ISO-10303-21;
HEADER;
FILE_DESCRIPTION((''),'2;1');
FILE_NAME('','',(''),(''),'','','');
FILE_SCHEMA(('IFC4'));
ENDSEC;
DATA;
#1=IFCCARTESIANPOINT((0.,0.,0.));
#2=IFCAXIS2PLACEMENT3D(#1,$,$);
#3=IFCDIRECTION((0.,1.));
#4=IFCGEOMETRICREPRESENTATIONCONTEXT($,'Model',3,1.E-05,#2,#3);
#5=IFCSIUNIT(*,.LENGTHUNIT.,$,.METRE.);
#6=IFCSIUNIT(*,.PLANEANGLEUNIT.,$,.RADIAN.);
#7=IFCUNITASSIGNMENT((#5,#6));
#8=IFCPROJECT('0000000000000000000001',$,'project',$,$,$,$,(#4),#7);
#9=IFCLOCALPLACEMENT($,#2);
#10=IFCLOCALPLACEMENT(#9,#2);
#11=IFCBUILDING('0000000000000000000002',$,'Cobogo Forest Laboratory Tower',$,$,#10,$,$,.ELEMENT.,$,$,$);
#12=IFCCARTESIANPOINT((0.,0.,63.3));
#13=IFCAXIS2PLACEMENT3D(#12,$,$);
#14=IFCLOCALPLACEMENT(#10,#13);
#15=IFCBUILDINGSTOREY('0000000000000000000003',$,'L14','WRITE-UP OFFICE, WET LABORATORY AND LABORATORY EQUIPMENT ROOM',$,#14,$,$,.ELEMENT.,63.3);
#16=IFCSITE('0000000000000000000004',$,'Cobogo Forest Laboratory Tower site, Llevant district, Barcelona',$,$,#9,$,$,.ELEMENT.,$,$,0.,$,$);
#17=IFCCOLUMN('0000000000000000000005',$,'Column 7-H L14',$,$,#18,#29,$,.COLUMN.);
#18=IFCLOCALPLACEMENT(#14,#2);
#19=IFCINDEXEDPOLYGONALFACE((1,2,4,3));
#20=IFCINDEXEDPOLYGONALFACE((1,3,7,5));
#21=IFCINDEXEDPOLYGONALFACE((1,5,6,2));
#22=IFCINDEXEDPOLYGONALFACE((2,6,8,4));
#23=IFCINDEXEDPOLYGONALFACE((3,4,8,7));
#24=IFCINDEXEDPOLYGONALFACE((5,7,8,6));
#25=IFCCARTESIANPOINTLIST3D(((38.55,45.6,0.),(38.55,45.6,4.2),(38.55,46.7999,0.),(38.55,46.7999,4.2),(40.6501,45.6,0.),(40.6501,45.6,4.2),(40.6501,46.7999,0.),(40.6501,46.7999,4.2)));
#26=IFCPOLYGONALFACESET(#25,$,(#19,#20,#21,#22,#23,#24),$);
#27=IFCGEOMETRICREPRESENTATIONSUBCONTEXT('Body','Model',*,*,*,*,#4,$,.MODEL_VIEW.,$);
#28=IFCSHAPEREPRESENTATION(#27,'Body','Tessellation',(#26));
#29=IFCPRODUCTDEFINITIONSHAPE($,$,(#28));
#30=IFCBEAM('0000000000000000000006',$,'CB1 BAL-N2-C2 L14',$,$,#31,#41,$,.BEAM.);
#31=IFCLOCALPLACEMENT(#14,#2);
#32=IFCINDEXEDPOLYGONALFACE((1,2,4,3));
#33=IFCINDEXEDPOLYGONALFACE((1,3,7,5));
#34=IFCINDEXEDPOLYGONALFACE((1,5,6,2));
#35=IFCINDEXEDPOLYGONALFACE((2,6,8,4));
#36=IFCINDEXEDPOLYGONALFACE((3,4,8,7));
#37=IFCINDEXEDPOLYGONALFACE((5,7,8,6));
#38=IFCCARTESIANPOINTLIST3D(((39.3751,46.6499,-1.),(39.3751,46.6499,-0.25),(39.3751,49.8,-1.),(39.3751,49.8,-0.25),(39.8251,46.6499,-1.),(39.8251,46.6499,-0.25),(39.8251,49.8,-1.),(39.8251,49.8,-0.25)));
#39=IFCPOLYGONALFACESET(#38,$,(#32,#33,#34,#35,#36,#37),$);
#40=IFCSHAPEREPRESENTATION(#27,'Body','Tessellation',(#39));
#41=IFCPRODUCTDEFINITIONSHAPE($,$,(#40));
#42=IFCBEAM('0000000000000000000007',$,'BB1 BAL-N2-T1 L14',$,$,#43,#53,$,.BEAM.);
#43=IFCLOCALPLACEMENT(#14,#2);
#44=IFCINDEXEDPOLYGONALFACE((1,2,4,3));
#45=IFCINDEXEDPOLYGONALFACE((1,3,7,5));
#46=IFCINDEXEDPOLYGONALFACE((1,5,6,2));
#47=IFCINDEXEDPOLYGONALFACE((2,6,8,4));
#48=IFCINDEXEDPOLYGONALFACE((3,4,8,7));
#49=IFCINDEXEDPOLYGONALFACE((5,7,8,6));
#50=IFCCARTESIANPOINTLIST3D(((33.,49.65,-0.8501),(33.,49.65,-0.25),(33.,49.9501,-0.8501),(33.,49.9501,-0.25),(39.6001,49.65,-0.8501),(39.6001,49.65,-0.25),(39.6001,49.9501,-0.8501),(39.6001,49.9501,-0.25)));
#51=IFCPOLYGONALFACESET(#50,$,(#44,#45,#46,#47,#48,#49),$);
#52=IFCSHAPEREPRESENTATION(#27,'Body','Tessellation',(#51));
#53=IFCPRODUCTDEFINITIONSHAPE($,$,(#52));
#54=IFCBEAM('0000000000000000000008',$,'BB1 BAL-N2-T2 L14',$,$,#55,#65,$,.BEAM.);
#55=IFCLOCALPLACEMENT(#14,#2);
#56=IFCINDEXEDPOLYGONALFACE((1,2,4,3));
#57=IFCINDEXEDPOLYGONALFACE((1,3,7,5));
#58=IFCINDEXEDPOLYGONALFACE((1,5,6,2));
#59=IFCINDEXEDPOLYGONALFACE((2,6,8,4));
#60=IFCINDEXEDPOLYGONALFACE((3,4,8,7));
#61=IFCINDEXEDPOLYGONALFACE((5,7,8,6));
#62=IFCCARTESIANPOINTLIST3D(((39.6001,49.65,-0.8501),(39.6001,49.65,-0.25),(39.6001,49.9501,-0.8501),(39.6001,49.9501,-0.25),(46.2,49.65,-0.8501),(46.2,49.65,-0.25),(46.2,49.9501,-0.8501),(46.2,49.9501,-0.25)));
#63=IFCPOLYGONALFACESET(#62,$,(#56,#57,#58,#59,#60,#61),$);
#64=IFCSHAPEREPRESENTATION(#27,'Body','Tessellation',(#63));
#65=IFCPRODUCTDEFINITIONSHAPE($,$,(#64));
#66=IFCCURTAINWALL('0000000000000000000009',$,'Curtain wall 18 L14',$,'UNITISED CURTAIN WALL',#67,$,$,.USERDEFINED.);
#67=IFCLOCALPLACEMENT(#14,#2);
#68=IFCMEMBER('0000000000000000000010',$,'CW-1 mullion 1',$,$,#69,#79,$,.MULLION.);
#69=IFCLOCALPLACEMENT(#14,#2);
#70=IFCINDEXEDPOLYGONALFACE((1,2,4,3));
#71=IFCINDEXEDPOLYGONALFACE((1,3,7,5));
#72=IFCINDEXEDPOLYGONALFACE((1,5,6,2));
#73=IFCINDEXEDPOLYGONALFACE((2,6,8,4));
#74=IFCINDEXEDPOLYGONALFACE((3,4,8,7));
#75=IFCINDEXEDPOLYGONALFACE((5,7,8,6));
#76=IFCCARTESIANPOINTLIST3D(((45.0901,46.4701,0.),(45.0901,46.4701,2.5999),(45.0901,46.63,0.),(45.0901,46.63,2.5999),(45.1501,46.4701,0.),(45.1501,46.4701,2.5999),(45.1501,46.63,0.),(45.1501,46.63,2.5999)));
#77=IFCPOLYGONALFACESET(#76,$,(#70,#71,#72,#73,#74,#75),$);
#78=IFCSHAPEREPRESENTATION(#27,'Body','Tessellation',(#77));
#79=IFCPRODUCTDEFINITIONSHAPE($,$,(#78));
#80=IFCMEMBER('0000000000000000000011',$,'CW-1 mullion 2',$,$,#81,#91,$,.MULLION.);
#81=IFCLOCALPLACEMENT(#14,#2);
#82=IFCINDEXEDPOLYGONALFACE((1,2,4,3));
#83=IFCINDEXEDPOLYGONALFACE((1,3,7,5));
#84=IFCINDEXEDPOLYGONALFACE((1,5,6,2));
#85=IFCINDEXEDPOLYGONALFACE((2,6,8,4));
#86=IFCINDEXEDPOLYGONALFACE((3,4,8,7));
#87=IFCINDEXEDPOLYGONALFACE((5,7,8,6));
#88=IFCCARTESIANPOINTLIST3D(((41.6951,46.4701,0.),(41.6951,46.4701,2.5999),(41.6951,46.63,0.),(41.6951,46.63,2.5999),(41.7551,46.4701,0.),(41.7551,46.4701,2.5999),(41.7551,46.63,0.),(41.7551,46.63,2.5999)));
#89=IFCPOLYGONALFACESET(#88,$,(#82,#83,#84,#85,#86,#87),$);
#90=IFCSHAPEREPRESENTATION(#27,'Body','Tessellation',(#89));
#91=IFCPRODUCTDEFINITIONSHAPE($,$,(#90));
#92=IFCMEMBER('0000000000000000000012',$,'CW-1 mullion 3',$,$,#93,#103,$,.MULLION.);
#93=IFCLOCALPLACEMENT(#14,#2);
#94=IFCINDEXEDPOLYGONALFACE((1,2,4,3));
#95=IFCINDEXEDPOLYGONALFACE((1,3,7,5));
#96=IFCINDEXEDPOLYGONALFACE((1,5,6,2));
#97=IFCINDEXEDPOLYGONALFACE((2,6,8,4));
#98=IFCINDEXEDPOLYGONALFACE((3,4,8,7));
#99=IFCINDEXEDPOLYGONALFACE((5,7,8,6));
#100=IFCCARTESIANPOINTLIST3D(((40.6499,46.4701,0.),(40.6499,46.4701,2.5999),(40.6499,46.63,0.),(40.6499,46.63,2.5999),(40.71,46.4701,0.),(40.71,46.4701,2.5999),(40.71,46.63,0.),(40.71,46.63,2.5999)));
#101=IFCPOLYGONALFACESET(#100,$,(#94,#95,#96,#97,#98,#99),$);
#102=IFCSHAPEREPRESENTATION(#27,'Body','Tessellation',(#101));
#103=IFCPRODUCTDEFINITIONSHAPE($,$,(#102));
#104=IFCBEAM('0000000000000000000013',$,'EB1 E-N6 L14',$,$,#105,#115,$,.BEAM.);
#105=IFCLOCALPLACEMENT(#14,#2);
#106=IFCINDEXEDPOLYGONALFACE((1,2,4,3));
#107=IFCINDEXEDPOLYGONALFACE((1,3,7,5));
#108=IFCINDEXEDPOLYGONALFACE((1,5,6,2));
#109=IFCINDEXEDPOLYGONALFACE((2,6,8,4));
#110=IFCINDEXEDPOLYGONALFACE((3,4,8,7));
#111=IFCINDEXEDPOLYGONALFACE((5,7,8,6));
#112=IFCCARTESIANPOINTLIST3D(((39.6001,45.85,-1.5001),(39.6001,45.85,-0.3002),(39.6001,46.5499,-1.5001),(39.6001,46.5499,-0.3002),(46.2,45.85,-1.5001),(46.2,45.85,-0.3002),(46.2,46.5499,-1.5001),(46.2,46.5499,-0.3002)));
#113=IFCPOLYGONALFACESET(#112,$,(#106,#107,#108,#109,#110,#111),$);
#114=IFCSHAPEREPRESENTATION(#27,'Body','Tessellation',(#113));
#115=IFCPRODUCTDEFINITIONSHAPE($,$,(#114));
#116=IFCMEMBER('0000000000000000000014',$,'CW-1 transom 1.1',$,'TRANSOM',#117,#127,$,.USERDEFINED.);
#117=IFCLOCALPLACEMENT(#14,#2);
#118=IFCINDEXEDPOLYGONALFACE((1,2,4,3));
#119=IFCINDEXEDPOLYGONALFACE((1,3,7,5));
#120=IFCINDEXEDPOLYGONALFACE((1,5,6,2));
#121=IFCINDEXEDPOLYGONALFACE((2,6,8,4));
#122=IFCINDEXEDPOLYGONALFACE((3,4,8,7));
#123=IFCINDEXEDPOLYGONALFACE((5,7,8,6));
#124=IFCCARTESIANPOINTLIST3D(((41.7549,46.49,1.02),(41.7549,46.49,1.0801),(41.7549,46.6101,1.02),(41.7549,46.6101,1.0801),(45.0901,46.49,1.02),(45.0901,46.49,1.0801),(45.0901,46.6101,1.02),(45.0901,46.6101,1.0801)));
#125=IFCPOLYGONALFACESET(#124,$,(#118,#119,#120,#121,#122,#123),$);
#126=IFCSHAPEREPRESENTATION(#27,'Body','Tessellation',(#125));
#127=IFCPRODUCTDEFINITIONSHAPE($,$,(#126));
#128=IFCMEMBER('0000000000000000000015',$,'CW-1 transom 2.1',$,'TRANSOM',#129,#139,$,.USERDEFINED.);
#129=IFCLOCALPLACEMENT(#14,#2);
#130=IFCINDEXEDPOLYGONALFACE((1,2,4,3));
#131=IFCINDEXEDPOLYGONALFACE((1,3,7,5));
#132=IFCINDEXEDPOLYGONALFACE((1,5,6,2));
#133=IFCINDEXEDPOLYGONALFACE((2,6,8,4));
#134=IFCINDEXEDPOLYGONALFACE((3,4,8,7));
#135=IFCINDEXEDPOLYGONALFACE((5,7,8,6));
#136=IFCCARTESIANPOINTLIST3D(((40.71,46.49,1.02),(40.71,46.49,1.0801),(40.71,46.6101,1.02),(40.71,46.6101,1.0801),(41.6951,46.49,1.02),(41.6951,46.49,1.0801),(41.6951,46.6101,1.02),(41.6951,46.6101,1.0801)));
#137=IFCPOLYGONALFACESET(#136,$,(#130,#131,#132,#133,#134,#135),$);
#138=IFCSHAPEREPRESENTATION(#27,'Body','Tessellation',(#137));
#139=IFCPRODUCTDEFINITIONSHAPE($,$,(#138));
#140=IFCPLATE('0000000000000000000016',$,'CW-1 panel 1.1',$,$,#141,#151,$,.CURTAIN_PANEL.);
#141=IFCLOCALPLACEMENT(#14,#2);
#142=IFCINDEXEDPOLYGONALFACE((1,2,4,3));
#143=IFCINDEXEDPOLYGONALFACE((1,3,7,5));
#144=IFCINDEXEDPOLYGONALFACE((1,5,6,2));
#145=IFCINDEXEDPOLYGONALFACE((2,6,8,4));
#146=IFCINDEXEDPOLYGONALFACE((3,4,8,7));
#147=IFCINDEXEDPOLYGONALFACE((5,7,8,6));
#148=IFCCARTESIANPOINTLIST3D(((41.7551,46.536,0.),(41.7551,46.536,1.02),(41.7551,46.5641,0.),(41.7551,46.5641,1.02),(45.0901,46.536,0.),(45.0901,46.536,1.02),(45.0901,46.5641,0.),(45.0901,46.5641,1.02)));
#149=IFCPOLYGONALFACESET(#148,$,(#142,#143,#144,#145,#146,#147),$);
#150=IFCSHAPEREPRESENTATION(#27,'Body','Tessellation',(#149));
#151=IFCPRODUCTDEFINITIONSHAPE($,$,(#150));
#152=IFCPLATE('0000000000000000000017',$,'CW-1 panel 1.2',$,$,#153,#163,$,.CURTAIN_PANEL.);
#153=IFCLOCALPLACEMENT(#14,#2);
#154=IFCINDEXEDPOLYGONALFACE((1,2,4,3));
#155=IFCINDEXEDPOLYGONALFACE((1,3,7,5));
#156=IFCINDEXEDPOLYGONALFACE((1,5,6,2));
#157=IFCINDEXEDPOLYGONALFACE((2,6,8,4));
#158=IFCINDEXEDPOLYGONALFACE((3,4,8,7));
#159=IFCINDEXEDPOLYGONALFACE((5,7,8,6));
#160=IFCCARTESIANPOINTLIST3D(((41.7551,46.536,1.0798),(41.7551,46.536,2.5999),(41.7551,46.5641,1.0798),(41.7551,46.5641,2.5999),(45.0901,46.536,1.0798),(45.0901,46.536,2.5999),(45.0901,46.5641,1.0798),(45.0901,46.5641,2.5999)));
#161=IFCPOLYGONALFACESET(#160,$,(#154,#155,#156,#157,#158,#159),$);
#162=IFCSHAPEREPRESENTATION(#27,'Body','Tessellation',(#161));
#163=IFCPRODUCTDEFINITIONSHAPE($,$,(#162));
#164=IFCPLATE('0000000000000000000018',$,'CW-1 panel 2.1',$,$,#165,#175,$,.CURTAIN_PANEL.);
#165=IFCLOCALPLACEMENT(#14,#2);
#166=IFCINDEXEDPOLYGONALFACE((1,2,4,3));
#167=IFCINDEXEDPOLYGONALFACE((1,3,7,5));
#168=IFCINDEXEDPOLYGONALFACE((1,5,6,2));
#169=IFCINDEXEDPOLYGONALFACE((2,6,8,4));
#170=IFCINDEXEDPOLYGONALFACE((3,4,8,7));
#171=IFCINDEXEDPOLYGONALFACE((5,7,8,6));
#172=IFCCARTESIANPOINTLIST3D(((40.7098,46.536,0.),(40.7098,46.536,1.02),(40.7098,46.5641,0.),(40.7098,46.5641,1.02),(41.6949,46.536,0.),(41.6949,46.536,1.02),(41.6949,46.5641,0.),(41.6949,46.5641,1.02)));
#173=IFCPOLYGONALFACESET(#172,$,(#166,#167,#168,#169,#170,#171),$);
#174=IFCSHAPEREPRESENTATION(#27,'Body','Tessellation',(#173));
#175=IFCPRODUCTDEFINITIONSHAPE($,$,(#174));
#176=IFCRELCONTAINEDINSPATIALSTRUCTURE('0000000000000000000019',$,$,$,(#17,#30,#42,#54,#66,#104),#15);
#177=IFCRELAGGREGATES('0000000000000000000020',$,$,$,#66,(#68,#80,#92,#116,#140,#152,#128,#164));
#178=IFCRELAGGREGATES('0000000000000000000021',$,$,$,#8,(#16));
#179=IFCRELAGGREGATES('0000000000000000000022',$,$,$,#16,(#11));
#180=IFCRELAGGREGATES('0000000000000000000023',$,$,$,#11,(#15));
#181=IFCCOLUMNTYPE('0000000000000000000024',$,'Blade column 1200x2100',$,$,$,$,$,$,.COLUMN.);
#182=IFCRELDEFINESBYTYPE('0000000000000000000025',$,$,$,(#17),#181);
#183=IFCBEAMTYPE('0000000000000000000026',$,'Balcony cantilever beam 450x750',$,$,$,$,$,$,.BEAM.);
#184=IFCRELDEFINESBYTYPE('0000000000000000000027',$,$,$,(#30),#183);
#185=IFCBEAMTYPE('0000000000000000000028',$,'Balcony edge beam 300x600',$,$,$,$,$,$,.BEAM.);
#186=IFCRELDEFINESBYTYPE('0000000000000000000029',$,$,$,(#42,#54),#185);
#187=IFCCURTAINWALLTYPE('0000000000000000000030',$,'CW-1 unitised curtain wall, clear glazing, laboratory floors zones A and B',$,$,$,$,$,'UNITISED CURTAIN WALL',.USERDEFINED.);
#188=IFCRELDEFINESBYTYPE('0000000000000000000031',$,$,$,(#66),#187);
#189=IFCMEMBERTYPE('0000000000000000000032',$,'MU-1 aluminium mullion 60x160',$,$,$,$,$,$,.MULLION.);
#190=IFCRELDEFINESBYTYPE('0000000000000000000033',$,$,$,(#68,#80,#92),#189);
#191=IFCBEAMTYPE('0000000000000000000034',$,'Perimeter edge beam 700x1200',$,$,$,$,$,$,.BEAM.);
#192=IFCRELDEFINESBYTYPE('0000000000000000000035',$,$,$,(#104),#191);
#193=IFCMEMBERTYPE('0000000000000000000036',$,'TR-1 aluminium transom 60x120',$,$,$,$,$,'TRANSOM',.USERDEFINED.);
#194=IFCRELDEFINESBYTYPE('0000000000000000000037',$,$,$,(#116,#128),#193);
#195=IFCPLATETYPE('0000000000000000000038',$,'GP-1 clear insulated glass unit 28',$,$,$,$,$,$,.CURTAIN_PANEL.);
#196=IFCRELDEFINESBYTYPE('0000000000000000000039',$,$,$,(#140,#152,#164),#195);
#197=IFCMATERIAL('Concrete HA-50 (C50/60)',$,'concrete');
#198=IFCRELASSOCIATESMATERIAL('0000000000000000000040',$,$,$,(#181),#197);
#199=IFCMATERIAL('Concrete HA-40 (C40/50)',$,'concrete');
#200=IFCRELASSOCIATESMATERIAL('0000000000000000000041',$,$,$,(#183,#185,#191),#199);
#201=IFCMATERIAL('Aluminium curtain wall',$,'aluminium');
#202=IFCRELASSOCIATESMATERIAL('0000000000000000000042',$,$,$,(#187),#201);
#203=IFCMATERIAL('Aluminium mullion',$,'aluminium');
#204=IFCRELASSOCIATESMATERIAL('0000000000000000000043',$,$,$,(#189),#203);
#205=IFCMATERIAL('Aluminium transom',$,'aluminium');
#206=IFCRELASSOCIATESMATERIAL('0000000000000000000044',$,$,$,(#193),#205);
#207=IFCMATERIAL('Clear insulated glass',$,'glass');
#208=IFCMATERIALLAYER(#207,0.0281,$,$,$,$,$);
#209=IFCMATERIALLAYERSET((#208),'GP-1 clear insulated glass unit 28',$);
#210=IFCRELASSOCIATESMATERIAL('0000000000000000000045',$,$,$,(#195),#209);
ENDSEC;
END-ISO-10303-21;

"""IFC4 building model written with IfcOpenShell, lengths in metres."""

from ifc_helpers import new_model, si_unit, direction, frame, origin, origin_2d, place, context, subcontext, project, spatial, rectangle, extrude, material, layer, layer_set, material_profile, profile_set, type_object, element, aggregate, save


model = new_model("IFC4")

# Units and contexts
model_context = context("Model", 3, precision=1e-05, world=origin(), true_north=direction((0.0, 1.0)))
body_context = subcontext(model_context, "Body", "Model", "MODEL_VIEW")
ifc_project = project(units=[si_unit("LENGTHUNIT", "METRE"), si_unit("PLANEANGLEUNIT", "RADIAN")], contexts=[model_context])

# Site, building, storey
site_placement = place(None, origin())
site = spatial("IfcSite", under=ifc_project, at=site_placement, Name="Cobogo Forest Laboratory Tower site, Llevant district, Barcelona", CompositionType="ELEMENT", RefElevation=0.0)
building_placement = place(site_placement, origin())
building = spatial("IfcBuilding", under=site, at=building_placement, Name="Cobogo Forest Laboratory Tower", CompositionType="ELEMENT")
storey_placement = place(building_placement, frame((0.0, 0.0, 63.3)))
storey = spatial("IfcBuildingStorey", under=building, at=storey_placement, Name="L14", Description="WRITE-UP OFFICE, WET LABORATORY AND LABORATORY EQUIPMENT ROOM", CompositionType="ELEMENT", Elevation=63.3)

# Column
ifc_material_1 = material(Name="Concrete HA-50 (C50/60)", Category="concrete")
ifc_material_profile_1 = material_profile(ifc_material_1, rectangle(XDim=2.1001, YDim=1.2, at=origin_2d()), Name="RC 1200x2100")
ifc_profile_set_1 = profile_set([ifc_material_profile_1], Name="Concrete HA-50 (C50/60)")
column_type = type_object("IfcColumnType", Name="Blade column 1200x2100", PredefinedType="COLUMN", material=ifc_profile_set_1)
column_placement = place(storey_placement, frame((39.6001, 46.2, 0.0), z_axis=(0.0, 0.0, 1.0), x_axis=(1.0, 0.0, 0.0)))
element("IfcColumn", 1, at=column_placement, inside=storey, type_object=column_type, Name="Column 7-H L14", PredefinedType="COLUMN", context=body_context, shape_type="SweptSolid", body=[
    extrude(rectangle(XDim=2.1001, YDim=1.2, at=origin_2d()), origin(), (0.0, 0.0, 1.0), 4.2),
])

# Beams
ifc_material_2 = material(Name="Concrete HA-40 (C40/50)", Category="concrete")
ifc_material_profile_2 = material_profile(ifc_material_2, rectangle(XDim=0.45, YDim=0.75, at=origin_2d()), Name="RC 450x750")
ifc_profile_set_2 = profile_set([ifc_material_profile_2], Name="Concrete HA-40 (C40/50)")
beam_type_1 = type_object("IfcBeamType", Name="Balcony cantilever beam 450x750", PredefinedType="BEAM", material=ifc_profile_set_2)
beam_1_placement = place(storey_placement, frame((39.6001, 46.6499, -0.625), z_axis=(0.0, 1.0, 0.0), x_axis=(-1.0, 0.0, 0.0)))
element("IfcBeam", 2, at=beam_1_placement, inside=storey, type_object=beam_type_1, Name="CB1 BAL-N2-C2 L14", PredefinedType="BEAM", context=body_context, shape_type="SweptSolid", body=[
    extrude(rectangle(XDim=0.45, YDim=0.75, at=origin_2d()), origin(), (0.0, 0.0, 1.0), 3.1501),
])
ifc_material_profile_3 = material_profile(ifc_material_2, rectangle(XDim=0.3, YDim=0.6001, at=origin_2d()), Name="RC 300x600")
ifc_profile_set_3 = profile_set([ifc_material_profile_3], Name="Concrete HA-40 (C40/50)")
beam_type_2 = type_object("IfcBeamType", Name="Balcony edge beam 300x600", PredefinedType="BEAM", material=ifc_profile_set_3)
beam_2_placement = place(storey_placement, frame((33.0, 49.8, -0.55), z_axis=(1.0, 0.0, 0.0), x_axis=(0.0, 1.0, 0.0)))
element("IfcBeam", 3, at=beam_2_placement, inside=storey, type_object=beam_type_2, Name="BB1 BAL-N2-T1 L14", PredefinedType="BEAM", context=body_context, shape_type="SweptSolid", body=[
    extrude(rectangle(XDim=0.3, YDim=0.6001, at=origin_2d()), origin(), (0.0, 0.0, 1.0), 6.6001),
])
beam_3_placement = place(storey_placement, frame((39.6001, 49.8, -0.55), z_axis=(1.0, 0.0, 0.0), x_axis=(0.0, 1.0, 0.0)))
element("IfcBeam", 4, at=beam_3_placement, inside=storey, type_object=beam_type_2, Name="BB1 BAL-N2-T2 L14", PredefinedType="BEAM", context=body_context, shape_type="SweptSolid", body=[
    extrude(rectangle(XDim=0.3, YDim=0.6001, at=origin_2d()), origin(), (0.0, 0.0, 1.0), 6.5999),
])

# Curtain wall, members
ifc_material_3 = material(Name="Aluminium curtain wall", Category="aluminium")
curtain_wall_type = type_object("IfcCurtainWallType", Name="CW-1 unitised curtain wall, clear glazing, laboratory floors zones A and B", ElementType="UNITISED CURTAIN WALL", PredefinedType="USERDEFINED", material=ifc_material_3)
curtain_wall_placement = place(storey_placement, origin())
curtain_wall = element("IfcCurtainWall", 5, at=curtain_wall_placement, inside=storey, type_object=curtain_wall_type, Name="Curtain wall 18 L14", ObjectType="UNITISED CURTAIN WALL", PredefinedType="USERDEFINED")
ifc_material_4 = material(Name="Aluminium mullion", Category="aluminium")
ifc_material_profile_4 = material_profile(ifc_material_4, rectangle(XDim=0.0601, YDim=0.1599, at=origin_2d()), Name="AL 60x160")
ifc_profile_set_4 = profile_set([ifc_material_profile_4], Name="Aluminium mullion")
member_type_1 = type_object("IfcMemberType", Name="MU-1 aluminium mullion 60x160", PredefinedType="MULLION", material=ifc_profile_set_4)
member_1_placement = place(storey_placement, frame((45.1201, 46.55, 0.0), z_axis=(0.0, 0.0, 1.0), x_axis=(-1.0, 0.0, 0.0)))
member_1 = element("IfcMember", 6, at=member_1_placement, type_object=member_type_1, Name="CW-1 mullion 1", PredefinedType="MULLION", context=body_context, shape_type="SweptSolid", body=[
    extrude(rectangle(XDim=0.0601, YDim=0.1599, at=origin_2d()), origin(), (0.0, 0.0, 1.0), 2.5999),
])
member_2_placement = place(storey_placement, frame((41.7251, 46.55, 0.0), z_axis=(0.0, 0.0, 1.0), x_axis=(-1.0, 0.0, 0.0)))
member_2 = element("IfcMember", 7, at=member_2_placement, type_object=member_type_1, Name="CW-1 mullion 2", PredefinedType="MULLION", context=body_context, shape_type="SweptSolid", body=[
    extrude(rectangle(XDim=0.0601, YDim=0.1599, at=origin_2d()), origin(), (0.0, 0.0, 1.0), 2.5999),
])
member_3_placement = place(storey_placement, frame((40.6799, 46.55, 0.0), z_axis=(0.0, 0.0, 1.0), x_axis=(-1.0, 0.0, 0.0)))
member_3 = element("IfcMember", 8, at=member_3_placement, type_object=member_type_1, Name="CW-1 mullion 3", PredefinedType="MULLION", context=body_context, shape_type="SweptSolid", body=[
    extrude(rectangle(XDim=0.0601, YDim=0.1599, at=origin_2d()), origin(), (0.0, 0.0, 1.0), 2.5999),
])

# Beam
ifc_material_profile_5 = material_profile(ifc_material_2, rectangle(XDim=0.7, YDim=1.2, at=origin_2d()), Name="RC 700x1200")
ifc_profile_set_5 = profile_set([ifc_material_profile_5], Name="Concrete HA-40 (C40/50)")
beam_type_3 = type_object("IfcBeamType", Name="Perimeter edge beam 700x1200", PredefinedType="BEAM", material=ifc_profile_set_5)
beam_4_placement = place(storey_placement, frame((39.6001, 46.2, -0.9001), z_axis=(1.0, 0.0, 0.0), x_axis=(0.0, 1.0, 0.0)))
element("IfcBeam", 9, at=beam_4_placement, inside=storey, type_object=beam_type_3, Name="EB1 E-N6 L14", PredefinedType="BEAM", context=body_context, shape_type="SweptSolid", body=[
    extrude(rectangle(XDim=0.7, YDim=1.2, at=origin_2d()), origin(), (0.0, 0.0, 1.0), 6.5999),
])

# Members
ifc_material_5 = material(Name="Aluminium transom", Category="aluminium")
ifc_material_profile_6 = material_profile(ifc_material_5, rectangle(XDim=0.1201, YDim=0.0601, at=origin_2d()), Name="AL 60x120")
ifc_profile_set_6 = profile_set([ifc_material_profile_6], Name="Aluminium transom")
member_type_2 = type_object("IfcMemberType", Name="TR-1 aluminium transom 60x120", ElementType="TRANSOM", PredefinedType="USERDEFINED", material=ifc_profile_set_6)
member_4_placement = place(storey_placement, frame((45.0901, 46.55, 1.05), z_axis=(-1.0, 0.0, 0.0), x_axis=(0.0, -1.0, 0.0)))
member_4 = element("IfcMember", 10, at=member_4_placement, type_object=member_type_2, Name="CW-1 transom 1.1", ObjectType="TRANSOM", PredefinedType="USERDEFINED", context=body_context, shape_type="SweptSolid", body=[
    extrude(rectangle(XDim=0.1201, YDim=0.0601, at=origin_2d()), origin(), (0.0, 0.0, 1.0), 3.3352),
])
member_5_placement = place(storey_placement, frame((41.6951, 46.55, 1.05), z_axis=(-1.0, 0.0, 0.0), x_axis=(0.0, -1.0, 0.0)))
member_5 = element("IfcMember", 11, at=member_5_placement, type_object=member_type_2, Name="CW-1 transom 2.1", ObjectType="TRANSOM", PredefinedType="USERDEFINED", context=body_context, shape_type="SweptSolid", body=[
    extrude(rectangle(XDim=0.1201, YDim=0.0601, at=origin_2d()), origin(), (0.0, 0.0, 1.0), 0.9851),
])

# Plates
ifc_material_6 = material(Name="Clear insulated glass", Category="glass")
ifc_layer_1 = layer(ifc_material_6, 0.0281)
ifc_layer_set_1 = layer_set([ifc_layer_1], Name="GP-1 clear insulated glass unit 28")
plate_type = type_object("IfcPlateType", Name="GP-1 clear insulated glass unit 28", PredefinedType="CURTAIN_PANEL", material=ifc_layer_set_1)
plate_1_placement = place(storey_placement, frame((43.4226, 46.55, 0.0), z_axis=(0.0, 0.0, 1.0), x_axis=(-1.0, 0.0, 0.0)))
plate_1 = element("IfcPlate", 12, at=plate_1_placement, type_object=plate_type, Name="CW-1 panel 1.1", PredefinedType="CURTAIN_PANEL", context=body_context, shape_type="SweptSolid", body=[
    extrude(rectangle(XDim=3.335, YDim=0.0281, at=origin_2d()), origin(), (0.0, 0.0, 1.0), 1.02),
])
plate_2_placement = place(storey_placement, frame((43.4226, 46.55, 1.0798), z_axis=(0.0, 0.0, 1.0), x_axis=(-1.0, 0.0, 0.0)))
plate_2 = element("IfcPlate", 13, at=plate_2_placement, type_object=plate_type, Name="CW-1 panel 1.2", PredefinedType="CURTAIN_PANEL", context=body_context, shape_type="SweptSolid", body=[
    extrude(rectangle(XDim=3.335, YDim=0.0281, at=origin_2d()), origin(), (0.0, 0.0, 1.0), 1.52),
])
plate_3_placement = place(storey_placement, frame((41.2024, 46.55, 0.0), z_axis=(0.0, 0.0, 1.0), x_axis=(-1.0, 0.0, 0.0)))
plate_3 = element("IfcPlate", 14, at=plate_3_placement, type_object=plate_type, Name="CW-1 panel 2.1", PredefinedType="CURTAIN_PANEL", context=body_context, shape_type="SweptSolid", body=[
    extrude(rectangle(XDim=0.9851, YDim=0.0281, at=origin_2d()), origin(), (0.0, 0.0, 1.0), 1.02),
])
aggregate(curtain_wall, [member_1, member_2, member_3, member_4, plate_1, plate_2, member_5, plate_3])

save(model, "model.ifc")
